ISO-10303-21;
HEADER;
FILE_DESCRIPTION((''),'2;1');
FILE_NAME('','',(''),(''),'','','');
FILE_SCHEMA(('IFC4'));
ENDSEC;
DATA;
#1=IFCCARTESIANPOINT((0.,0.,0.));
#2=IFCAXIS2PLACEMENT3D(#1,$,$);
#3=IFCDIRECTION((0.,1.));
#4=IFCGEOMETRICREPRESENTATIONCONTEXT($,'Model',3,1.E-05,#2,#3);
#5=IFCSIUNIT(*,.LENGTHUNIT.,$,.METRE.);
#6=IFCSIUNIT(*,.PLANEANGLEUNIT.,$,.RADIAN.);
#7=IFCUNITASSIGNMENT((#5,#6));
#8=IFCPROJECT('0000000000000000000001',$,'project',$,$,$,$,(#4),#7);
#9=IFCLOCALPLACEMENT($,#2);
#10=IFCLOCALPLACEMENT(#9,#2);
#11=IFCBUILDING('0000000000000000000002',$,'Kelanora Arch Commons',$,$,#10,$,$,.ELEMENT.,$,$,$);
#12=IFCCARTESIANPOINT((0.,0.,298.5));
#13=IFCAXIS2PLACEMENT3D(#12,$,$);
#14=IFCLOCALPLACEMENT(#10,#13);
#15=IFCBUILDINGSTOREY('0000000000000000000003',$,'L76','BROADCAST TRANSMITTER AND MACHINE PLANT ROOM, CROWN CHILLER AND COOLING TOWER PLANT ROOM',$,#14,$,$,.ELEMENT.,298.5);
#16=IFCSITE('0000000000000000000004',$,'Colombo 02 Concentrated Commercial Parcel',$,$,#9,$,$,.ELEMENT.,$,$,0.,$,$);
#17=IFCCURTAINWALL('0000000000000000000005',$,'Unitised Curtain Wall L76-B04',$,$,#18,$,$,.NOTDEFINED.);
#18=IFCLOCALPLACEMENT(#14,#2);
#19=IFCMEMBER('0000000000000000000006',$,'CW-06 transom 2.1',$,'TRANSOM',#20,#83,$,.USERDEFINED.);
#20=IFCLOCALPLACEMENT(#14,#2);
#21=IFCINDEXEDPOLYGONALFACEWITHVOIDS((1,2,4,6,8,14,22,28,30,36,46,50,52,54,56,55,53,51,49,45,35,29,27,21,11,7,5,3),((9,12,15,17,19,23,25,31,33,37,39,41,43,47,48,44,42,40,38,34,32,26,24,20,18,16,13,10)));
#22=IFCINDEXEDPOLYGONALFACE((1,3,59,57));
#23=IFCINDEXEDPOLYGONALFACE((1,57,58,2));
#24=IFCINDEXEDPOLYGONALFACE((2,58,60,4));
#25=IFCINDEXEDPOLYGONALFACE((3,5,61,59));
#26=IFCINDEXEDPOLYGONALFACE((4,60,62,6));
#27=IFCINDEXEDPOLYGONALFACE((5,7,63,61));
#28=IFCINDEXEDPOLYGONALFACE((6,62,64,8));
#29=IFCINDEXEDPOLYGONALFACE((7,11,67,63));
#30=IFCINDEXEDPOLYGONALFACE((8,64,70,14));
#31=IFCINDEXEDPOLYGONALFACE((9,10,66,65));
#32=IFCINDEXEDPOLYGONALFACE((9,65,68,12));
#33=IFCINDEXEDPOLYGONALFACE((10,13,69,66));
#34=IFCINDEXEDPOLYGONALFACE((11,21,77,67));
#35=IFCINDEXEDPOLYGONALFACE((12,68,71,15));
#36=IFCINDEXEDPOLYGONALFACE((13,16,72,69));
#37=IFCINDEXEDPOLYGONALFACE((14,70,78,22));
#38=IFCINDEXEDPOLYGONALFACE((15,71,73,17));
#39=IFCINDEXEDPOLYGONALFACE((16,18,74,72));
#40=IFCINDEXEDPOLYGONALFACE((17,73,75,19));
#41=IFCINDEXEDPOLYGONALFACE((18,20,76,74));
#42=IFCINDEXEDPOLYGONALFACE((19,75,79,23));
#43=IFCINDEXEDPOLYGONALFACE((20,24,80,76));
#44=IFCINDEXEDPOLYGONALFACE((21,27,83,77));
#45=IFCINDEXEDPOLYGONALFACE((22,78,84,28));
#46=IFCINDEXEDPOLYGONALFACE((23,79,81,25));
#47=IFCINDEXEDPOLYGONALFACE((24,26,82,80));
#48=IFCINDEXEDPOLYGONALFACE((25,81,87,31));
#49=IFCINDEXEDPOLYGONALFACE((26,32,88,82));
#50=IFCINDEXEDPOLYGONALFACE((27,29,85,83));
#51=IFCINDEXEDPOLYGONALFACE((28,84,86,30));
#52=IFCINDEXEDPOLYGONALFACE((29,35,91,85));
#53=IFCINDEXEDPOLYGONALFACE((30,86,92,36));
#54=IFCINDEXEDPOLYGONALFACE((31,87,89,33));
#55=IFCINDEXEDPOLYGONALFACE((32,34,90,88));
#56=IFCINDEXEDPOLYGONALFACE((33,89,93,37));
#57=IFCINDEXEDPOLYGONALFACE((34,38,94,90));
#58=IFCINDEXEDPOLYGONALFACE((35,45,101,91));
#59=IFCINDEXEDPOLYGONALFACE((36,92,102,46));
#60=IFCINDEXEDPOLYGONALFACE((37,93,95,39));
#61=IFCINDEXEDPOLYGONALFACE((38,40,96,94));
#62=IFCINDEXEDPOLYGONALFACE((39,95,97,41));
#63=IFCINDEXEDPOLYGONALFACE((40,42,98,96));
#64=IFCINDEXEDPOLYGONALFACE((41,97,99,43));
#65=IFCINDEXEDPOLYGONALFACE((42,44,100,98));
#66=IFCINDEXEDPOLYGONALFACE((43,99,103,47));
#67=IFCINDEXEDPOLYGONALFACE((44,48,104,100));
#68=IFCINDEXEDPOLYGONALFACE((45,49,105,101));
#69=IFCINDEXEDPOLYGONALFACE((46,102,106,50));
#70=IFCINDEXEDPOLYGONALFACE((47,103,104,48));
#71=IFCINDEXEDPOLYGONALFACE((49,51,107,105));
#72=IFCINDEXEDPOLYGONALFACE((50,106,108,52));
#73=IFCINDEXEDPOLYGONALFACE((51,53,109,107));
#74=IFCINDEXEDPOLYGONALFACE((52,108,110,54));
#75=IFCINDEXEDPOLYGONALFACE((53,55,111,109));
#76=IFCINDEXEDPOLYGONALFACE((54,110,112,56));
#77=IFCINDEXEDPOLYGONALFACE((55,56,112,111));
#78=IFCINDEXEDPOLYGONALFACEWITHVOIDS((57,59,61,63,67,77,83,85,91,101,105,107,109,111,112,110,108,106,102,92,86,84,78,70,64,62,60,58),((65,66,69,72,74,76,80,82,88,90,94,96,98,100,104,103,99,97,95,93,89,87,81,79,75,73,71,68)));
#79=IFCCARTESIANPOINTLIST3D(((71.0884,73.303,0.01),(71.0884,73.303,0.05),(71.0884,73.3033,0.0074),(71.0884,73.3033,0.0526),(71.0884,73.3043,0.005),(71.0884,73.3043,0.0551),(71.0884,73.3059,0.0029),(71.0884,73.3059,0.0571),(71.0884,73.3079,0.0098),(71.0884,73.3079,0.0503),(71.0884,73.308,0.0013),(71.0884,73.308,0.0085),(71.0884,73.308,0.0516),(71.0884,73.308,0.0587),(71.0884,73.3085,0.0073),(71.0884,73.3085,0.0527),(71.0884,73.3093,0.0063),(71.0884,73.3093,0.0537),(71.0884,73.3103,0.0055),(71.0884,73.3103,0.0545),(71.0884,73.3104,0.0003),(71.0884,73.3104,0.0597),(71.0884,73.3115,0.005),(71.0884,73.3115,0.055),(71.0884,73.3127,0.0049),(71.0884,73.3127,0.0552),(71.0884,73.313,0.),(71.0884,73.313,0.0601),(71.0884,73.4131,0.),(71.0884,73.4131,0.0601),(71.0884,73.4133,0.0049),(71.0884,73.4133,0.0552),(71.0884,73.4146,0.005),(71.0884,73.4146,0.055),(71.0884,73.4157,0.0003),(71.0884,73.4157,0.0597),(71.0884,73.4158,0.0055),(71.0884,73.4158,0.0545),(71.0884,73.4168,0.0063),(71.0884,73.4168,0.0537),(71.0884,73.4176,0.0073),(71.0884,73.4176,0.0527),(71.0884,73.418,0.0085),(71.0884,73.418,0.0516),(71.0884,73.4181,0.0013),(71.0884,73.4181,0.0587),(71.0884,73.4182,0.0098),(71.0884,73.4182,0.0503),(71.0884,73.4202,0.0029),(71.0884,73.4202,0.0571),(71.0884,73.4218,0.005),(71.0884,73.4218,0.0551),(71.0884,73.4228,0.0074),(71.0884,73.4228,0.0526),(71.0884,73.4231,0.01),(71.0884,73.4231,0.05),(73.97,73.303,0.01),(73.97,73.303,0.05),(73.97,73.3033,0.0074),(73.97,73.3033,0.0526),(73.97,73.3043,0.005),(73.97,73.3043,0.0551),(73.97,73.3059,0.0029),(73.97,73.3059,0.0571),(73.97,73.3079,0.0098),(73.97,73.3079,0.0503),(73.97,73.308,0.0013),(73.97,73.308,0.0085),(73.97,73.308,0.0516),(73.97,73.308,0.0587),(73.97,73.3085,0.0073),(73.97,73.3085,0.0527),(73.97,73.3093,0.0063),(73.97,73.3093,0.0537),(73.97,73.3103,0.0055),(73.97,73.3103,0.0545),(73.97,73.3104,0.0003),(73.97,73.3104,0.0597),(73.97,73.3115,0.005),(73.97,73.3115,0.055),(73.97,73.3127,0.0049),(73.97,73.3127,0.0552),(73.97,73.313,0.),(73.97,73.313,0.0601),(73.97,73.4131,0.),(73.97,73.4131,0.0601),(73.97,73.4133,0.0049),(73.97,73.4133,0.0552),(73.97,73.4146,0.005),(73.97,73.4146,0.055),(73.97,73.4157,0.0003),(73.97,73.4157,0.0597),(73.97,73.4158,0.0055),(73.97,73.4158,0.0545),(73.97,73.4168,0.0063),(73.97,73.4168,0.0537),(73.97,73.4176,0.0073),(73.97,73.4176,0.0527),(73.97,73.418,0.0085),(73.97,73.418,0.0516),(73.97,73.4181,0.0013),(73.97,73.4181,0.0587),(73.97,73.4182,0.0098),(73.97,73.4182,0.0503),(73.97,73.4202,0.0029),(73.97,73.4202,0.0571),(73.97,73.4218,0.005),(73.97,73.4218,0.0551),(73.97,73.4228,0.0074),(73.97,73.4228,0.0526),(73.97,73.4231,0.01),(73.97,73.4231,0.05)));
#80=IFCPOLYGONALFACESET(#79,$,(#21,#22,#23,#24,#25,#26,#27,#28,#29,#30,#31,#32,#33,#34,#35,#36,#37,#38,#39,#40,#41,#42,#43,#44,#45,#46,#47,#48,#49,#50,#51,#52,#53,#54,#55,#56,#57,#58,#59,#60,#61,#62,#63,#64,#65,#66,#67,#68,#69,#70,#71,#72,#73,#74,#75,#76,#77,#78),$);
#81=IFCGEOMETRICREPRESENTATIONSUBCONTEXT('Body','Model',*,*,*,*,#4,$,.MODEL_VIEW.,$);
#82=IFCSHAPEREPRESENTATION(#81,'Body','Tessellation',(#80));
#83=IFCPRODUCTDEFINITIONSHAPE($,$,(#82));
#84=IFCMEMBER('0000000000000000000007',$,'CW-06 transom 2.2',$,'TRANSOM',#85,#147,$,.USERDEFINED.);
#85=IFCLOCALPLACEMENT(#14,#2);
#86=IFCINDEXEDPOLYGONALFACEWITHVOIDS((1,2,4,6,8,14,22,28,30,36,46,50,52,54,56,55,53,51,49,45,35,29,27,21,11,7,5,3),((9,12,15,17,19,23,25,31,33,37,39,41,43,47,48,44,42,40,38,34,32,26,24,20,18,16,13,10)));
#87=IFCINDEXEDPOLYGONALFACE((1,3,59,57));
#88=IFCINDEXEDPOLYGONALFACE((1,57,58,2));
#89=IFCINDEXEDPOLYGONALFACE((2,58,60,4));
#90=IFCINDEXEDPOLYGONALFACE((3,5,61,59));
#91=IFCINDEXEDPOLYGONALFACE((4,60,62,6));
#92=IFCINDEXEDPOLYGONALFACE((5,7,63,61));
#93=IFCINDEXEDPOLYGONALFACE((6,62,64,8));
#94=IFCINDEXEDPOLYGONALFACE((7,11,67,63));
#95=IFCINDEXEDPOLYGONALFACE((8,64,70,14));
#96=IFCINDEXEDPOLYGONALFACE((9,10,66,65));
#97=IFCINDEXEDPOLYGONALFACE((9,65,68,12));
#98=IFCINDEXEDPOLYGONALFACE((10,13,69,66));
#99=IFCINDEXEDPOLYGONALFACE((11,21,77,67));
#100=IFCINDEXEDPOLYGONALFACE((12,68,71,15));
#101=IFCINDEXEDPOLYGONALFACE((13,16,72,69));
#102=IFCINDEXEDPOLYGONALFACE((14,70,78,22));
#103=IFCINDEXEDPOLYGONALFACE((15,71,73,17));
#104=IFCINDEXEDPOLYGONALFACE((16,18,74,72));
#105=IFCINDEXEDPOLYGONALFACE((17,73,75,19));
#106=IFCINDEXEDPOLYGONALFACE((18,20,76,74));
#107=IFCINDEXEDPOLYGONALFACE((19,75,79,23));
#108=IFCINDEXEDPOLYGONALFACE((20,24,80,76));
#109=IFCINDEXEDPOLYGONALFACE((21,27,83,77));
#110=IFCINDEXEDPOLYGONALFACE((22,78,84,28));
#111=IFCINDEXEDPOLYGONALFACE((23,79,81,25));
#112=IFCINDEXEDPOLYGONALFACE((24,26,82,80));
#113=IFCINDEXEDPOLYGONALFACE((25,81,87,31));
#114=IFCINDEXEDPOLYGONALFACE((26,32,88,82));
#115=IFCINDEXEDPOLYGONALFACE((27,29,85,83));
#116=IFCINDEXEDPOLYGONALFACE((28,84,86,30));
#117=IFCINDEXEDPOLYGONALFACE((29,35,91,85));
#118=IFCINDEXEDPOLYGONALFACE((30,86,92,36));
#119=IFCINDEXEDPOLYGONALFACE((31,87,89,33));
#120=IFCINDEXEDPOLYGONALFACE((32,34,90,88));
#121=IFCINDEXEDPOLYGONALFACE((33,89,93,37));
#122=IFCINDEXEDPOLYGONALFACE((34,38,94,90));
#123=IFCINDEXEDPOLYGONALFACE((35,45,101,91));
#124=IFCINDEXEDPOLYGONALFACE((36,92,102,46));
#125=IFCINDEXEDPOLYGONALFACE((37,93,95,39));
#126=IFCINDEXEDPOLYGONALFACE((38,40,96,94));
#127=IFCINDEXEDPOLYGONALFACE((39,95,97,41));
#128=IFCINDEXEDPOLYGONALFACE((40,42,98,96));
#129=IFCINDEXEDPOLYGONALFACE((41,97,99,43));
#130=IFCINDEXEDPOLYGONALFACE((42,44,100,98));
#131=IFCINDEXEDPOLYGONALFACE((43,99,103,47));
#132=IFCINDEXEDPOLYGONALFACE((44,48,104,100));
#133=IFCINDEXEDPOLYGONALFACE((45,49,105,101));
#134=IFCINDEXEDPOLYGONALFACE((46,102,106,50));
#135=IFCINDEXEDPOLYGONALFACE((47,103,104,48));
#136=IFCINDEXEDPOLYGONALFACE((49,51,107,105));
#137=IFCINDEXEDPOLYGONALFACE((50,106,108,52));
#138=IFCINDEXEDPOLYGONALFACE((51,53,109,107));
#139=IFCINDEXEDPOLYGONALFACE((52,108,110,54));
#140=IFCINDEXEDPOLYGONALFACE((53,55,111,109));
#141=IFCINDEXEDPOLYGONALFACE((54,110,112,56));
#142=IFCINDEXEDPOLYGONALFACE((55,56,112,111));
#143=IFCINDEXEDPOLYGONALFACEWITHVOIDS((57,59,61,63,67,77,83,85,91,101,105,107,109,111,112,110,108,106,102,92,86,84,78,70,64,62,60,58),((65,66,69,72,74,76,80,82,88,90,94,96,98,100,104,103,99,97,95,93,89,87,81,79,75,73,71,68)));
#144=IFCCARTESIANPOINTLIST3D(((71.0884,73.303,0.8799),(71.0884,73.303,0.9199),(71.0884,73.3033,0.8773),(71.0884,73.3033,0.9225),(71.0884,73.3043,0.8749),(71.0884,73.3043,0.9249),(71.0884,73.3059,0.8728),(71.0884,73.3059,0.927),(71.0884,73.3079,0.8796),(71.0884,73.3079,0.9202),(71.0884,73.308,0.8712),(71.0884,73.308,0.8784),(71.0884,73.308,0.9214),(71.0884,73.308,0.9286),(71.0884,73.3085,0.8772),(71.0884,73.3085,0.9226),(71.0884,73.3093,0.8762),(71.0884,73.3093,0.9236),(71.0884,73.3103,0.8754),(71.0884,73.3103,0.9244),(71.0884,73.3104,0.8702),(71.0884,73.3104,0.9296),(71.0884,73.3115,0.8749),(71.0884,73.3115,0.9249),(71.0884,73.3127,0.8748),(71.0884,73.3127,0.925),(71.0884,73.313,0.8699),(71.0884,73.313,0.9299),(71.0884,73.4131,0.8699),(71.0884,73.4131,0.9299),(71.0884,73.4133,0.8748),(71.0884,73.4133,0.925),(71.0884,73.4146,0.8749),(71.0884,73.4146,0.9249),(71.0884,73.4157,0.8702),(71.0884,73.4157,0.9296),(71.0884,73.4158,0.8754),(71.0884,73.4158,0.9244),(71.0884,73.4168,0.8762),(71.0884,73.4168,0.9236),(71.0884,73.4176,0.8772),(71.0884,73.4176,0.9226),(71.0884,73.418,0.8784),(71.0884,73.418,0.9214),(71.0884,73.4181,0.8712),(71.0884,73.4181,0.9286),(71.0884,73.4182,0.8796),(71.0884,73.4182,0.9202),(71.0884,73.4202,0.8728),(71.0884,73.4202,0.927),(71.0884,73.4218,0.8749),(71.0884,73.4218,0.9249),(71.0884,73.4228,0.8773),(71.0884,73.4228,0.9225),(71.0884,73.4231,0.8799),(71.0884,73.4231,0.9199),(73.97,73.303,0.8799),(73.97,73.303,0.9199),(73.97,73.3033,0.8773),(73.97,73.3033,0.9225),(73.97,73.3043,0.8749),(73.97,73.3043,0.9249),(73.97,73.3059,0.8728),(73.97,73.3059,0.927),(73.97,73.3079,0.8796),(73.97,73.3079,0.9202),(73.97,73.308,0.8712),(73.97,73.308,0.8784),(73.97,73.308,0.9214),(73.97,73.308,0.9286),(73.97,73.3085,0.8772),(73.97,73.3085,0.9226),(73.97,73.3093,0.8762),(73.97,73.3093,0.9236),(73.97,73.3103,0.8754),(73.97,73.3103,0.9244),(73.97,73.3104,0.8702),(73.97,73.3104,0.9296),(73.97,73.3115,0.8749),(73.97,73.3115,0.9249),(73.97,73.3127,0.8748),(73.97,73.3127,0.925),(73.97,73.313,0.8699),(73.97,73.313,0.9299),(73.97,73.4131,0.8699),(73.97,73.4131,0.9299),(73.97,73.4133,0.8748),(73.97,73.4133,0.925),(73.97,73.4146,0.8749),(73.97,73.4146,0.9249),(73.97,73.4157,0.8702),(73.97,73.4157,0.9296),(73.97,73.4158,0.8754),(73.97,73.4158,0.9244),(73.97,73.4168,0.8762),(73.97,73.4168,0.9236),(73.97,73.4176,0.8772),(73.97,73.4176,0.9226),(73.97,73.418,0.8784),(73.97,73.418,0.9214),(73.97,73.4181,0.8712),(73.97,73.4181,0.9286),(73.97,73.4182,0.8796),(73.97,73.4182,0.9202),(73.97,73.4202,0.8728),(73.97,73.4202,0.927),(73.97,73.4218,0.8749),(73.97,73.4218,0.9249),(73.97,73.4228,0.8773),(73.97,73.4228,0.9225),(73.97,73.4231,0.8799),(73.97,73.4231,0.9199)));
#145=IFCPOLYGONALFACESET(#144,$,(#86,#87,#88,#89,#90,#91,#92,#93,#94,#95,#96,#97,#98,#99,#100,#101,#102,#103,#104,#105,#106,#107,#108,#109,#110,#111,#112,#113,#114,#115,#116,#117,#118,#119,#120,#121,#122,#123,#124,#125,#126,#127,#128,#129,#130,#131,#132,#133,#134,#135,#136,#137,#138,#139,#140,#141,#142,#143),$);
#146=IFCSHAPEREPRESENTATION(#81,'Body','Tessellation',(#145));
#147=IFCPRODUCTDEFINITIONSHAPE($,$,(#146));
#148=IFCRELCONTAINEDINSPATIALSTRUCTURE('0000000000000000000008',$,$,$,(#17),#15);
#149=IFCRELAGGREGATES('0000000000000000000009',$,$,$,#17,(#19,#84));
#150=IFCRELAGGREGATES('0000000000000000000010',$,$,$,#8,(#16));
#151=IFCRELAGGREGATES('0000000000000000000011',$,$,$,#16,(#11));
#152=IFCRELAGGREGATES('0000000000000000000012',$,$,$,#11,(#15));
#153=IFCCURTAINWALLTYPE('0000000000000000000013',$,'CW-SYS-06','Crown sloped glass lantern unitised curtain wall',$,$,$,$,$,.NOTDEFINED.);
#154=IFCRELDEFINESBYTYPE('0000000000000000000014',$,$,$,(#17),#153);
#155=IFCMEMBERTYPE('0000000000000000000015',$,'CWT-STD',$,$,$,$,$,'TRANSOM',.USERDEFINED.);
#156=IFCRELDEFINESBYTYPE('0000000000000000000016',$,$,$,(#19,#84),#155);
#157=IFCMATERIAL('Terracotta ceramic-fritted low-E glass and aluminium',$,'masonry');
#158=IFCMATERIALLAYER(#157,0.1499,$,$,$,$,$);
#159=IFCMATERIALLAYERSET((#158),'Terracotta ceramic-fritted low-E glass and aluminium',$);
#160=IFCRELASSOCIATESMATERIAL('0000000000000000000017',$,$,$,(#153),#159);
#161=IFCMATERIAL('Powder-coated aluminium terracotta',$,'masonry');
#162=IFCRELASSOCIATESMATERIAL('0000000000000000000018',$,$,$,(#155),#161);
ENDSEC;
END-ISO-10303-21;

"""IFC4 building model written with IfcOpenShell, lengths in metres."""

from ifc_helpers import new_model, si_unit, direction, frame, origin, origin_2d, place, context, subcontext, project, spatial, hollow_rectangle, extrude, material, layer, layer_set, material_profile, profile_set, type_object, element, aggregate, save


model = new_model("IFC4")

# Units and contexts
model_context = context("Model", 3, precision=1e-05, world=origin(), true_north=direction((0.0, 1.0)))
body_context = subcontext(model_context, "Body", "Model", "MODEL_VIEW")
ifc_project = project(units=[si_unit("LENGTHUNIT", "METRE"), si_unit("PLANEANGLEUNIT", "RADIAN")], contexts=[model_context])

# Site, building, storey
site_placement = place(None, origin())
site = spatial("IfcSite", under=ifc_project, at=site_placement, Name="Colombo 02 Concentrated Commercial Parcel", CompositionType="ELEMENT", RefElevation=0.0)
building_placement = place(site_placement, origin())
building = spatial("IfcBuilding", under=site, at=building_placement, Name="Kelanora Arch Commons", CompositionType="ELEMENT")
storey_placement = place(building_placement, frame((0.0, 0.0, 298.5)))
storey = spatial("IfcBuildingStorey", under=building, at=storey_placement, Name="L76", Description="BROADCAST TRANSMITTER AND MACHINE PLANT ROOM, CROWN CHILLER AND COOLING TOWER PLANT ROOM", CompositionType="ELEMENT", Elevation=298.5)

# Curtain wall
ifc_material_1 = material(Name="Terracotta ceramic-fritted low-E glass and aluminium", Category="masonry")
ifc_layer_1 = layer(ifc_material_1, 0.1499)
ifc_layer_set_1 = layer_set([ifc_layer_1], Name="Terracotta ceramic-fritted low-E glass and aluminium")
curtain_wall_type = type_object("IfcCurtainWallType", Name="CW-SYS-06", Description="Crown sloped glass lantern unitised curtain wall", PredefinedType="NOTDEFINED", material=ifc_layer_set_1)
curtain_wall_1_placement = place(storey_placement, origin())
curtain_wall_1 = element("IfcCurtainWall", 1, at=curtain_wall_1_placement, inside=storey, type_object=curtain_wall_type, Name="Unitised Curtain Wall L76-B04", PredefinedType="NOTDEFINED")
ifc_material_2 = material(Name="Powder-coated aluminium terracotta", Category="masonry")

# Members
ifc_material_profile_1 = material_profile(ifc_material_2, hollow_rectangle(XDim=0.1201, YDim=0.0601, WallThickness=0.0049, InnerFilletRadius=0.0049, OuterFilletRadius=0.01, at=origin_2d()), Name="CWT120x60")
ifc_profile_set_1 = profile_set([ifc_material_profile_1], Name="Powder-coated aluminium terracotta")
member_type_1 = type_object("IfcMemberType", Name="CWT-STD", ElementType="TRANSOM", PredefinedType="USERDEFINED", material=ifc_profile_set_1)
member_1_placement = place(storey_placement, frame((73.97, 73.363, 0.03), z_axis=(-1.0, 0.0, 0.0), x_axis=(0.0, -1.0, 0.0)))
member_1 = element("IfcMember", 2, at=member_1_placement, type_object=member_type_1, Name="CW-06 transom 2.1", ObjectType="TRANSOM", PredefinedType="USERDEFINED", context=body_context, shape_type="SweptSolid", body=[
    extrude(hollow_rectangle(XDim=0.1201, YDim=0.0601, WallThickness=0.0049, InnerFilletRadius=0.0049, OuterFilletRadius=0.01, at=origin_2d()), origin(), (0.0, 0.0, 1.0), 2.8816),
])
member_2_placement = place(storey_placement, frame((73.97, 73.363, 0.8999), z_axis=(-1.0, 0.0, 0.0), x_axis=(0.0, -1.0, 0.0)))
member_2 = element("IfcMember", 3, at=member_2_placement, type_object=member_type_1, Name="CW-06 transom 2.2", ObjectType="TRANSOM", PredefinedType="USERDEFINED", context=body_context, shape_type="SweptSolid", body=[
    extrude(hollow_rectangle(XDim=0.1201, YDim=0.0601, WallThickness=0.0049, InnerFilletRadius=0.0049, OuterFilletRadius=0.01, at=origin_2d()), origin(), (0.0, 0.0, 1.0), 2.8816),
])

aggregate(curtain_wall_1, [member_1, member_2])

save(model, "model.ifc")
